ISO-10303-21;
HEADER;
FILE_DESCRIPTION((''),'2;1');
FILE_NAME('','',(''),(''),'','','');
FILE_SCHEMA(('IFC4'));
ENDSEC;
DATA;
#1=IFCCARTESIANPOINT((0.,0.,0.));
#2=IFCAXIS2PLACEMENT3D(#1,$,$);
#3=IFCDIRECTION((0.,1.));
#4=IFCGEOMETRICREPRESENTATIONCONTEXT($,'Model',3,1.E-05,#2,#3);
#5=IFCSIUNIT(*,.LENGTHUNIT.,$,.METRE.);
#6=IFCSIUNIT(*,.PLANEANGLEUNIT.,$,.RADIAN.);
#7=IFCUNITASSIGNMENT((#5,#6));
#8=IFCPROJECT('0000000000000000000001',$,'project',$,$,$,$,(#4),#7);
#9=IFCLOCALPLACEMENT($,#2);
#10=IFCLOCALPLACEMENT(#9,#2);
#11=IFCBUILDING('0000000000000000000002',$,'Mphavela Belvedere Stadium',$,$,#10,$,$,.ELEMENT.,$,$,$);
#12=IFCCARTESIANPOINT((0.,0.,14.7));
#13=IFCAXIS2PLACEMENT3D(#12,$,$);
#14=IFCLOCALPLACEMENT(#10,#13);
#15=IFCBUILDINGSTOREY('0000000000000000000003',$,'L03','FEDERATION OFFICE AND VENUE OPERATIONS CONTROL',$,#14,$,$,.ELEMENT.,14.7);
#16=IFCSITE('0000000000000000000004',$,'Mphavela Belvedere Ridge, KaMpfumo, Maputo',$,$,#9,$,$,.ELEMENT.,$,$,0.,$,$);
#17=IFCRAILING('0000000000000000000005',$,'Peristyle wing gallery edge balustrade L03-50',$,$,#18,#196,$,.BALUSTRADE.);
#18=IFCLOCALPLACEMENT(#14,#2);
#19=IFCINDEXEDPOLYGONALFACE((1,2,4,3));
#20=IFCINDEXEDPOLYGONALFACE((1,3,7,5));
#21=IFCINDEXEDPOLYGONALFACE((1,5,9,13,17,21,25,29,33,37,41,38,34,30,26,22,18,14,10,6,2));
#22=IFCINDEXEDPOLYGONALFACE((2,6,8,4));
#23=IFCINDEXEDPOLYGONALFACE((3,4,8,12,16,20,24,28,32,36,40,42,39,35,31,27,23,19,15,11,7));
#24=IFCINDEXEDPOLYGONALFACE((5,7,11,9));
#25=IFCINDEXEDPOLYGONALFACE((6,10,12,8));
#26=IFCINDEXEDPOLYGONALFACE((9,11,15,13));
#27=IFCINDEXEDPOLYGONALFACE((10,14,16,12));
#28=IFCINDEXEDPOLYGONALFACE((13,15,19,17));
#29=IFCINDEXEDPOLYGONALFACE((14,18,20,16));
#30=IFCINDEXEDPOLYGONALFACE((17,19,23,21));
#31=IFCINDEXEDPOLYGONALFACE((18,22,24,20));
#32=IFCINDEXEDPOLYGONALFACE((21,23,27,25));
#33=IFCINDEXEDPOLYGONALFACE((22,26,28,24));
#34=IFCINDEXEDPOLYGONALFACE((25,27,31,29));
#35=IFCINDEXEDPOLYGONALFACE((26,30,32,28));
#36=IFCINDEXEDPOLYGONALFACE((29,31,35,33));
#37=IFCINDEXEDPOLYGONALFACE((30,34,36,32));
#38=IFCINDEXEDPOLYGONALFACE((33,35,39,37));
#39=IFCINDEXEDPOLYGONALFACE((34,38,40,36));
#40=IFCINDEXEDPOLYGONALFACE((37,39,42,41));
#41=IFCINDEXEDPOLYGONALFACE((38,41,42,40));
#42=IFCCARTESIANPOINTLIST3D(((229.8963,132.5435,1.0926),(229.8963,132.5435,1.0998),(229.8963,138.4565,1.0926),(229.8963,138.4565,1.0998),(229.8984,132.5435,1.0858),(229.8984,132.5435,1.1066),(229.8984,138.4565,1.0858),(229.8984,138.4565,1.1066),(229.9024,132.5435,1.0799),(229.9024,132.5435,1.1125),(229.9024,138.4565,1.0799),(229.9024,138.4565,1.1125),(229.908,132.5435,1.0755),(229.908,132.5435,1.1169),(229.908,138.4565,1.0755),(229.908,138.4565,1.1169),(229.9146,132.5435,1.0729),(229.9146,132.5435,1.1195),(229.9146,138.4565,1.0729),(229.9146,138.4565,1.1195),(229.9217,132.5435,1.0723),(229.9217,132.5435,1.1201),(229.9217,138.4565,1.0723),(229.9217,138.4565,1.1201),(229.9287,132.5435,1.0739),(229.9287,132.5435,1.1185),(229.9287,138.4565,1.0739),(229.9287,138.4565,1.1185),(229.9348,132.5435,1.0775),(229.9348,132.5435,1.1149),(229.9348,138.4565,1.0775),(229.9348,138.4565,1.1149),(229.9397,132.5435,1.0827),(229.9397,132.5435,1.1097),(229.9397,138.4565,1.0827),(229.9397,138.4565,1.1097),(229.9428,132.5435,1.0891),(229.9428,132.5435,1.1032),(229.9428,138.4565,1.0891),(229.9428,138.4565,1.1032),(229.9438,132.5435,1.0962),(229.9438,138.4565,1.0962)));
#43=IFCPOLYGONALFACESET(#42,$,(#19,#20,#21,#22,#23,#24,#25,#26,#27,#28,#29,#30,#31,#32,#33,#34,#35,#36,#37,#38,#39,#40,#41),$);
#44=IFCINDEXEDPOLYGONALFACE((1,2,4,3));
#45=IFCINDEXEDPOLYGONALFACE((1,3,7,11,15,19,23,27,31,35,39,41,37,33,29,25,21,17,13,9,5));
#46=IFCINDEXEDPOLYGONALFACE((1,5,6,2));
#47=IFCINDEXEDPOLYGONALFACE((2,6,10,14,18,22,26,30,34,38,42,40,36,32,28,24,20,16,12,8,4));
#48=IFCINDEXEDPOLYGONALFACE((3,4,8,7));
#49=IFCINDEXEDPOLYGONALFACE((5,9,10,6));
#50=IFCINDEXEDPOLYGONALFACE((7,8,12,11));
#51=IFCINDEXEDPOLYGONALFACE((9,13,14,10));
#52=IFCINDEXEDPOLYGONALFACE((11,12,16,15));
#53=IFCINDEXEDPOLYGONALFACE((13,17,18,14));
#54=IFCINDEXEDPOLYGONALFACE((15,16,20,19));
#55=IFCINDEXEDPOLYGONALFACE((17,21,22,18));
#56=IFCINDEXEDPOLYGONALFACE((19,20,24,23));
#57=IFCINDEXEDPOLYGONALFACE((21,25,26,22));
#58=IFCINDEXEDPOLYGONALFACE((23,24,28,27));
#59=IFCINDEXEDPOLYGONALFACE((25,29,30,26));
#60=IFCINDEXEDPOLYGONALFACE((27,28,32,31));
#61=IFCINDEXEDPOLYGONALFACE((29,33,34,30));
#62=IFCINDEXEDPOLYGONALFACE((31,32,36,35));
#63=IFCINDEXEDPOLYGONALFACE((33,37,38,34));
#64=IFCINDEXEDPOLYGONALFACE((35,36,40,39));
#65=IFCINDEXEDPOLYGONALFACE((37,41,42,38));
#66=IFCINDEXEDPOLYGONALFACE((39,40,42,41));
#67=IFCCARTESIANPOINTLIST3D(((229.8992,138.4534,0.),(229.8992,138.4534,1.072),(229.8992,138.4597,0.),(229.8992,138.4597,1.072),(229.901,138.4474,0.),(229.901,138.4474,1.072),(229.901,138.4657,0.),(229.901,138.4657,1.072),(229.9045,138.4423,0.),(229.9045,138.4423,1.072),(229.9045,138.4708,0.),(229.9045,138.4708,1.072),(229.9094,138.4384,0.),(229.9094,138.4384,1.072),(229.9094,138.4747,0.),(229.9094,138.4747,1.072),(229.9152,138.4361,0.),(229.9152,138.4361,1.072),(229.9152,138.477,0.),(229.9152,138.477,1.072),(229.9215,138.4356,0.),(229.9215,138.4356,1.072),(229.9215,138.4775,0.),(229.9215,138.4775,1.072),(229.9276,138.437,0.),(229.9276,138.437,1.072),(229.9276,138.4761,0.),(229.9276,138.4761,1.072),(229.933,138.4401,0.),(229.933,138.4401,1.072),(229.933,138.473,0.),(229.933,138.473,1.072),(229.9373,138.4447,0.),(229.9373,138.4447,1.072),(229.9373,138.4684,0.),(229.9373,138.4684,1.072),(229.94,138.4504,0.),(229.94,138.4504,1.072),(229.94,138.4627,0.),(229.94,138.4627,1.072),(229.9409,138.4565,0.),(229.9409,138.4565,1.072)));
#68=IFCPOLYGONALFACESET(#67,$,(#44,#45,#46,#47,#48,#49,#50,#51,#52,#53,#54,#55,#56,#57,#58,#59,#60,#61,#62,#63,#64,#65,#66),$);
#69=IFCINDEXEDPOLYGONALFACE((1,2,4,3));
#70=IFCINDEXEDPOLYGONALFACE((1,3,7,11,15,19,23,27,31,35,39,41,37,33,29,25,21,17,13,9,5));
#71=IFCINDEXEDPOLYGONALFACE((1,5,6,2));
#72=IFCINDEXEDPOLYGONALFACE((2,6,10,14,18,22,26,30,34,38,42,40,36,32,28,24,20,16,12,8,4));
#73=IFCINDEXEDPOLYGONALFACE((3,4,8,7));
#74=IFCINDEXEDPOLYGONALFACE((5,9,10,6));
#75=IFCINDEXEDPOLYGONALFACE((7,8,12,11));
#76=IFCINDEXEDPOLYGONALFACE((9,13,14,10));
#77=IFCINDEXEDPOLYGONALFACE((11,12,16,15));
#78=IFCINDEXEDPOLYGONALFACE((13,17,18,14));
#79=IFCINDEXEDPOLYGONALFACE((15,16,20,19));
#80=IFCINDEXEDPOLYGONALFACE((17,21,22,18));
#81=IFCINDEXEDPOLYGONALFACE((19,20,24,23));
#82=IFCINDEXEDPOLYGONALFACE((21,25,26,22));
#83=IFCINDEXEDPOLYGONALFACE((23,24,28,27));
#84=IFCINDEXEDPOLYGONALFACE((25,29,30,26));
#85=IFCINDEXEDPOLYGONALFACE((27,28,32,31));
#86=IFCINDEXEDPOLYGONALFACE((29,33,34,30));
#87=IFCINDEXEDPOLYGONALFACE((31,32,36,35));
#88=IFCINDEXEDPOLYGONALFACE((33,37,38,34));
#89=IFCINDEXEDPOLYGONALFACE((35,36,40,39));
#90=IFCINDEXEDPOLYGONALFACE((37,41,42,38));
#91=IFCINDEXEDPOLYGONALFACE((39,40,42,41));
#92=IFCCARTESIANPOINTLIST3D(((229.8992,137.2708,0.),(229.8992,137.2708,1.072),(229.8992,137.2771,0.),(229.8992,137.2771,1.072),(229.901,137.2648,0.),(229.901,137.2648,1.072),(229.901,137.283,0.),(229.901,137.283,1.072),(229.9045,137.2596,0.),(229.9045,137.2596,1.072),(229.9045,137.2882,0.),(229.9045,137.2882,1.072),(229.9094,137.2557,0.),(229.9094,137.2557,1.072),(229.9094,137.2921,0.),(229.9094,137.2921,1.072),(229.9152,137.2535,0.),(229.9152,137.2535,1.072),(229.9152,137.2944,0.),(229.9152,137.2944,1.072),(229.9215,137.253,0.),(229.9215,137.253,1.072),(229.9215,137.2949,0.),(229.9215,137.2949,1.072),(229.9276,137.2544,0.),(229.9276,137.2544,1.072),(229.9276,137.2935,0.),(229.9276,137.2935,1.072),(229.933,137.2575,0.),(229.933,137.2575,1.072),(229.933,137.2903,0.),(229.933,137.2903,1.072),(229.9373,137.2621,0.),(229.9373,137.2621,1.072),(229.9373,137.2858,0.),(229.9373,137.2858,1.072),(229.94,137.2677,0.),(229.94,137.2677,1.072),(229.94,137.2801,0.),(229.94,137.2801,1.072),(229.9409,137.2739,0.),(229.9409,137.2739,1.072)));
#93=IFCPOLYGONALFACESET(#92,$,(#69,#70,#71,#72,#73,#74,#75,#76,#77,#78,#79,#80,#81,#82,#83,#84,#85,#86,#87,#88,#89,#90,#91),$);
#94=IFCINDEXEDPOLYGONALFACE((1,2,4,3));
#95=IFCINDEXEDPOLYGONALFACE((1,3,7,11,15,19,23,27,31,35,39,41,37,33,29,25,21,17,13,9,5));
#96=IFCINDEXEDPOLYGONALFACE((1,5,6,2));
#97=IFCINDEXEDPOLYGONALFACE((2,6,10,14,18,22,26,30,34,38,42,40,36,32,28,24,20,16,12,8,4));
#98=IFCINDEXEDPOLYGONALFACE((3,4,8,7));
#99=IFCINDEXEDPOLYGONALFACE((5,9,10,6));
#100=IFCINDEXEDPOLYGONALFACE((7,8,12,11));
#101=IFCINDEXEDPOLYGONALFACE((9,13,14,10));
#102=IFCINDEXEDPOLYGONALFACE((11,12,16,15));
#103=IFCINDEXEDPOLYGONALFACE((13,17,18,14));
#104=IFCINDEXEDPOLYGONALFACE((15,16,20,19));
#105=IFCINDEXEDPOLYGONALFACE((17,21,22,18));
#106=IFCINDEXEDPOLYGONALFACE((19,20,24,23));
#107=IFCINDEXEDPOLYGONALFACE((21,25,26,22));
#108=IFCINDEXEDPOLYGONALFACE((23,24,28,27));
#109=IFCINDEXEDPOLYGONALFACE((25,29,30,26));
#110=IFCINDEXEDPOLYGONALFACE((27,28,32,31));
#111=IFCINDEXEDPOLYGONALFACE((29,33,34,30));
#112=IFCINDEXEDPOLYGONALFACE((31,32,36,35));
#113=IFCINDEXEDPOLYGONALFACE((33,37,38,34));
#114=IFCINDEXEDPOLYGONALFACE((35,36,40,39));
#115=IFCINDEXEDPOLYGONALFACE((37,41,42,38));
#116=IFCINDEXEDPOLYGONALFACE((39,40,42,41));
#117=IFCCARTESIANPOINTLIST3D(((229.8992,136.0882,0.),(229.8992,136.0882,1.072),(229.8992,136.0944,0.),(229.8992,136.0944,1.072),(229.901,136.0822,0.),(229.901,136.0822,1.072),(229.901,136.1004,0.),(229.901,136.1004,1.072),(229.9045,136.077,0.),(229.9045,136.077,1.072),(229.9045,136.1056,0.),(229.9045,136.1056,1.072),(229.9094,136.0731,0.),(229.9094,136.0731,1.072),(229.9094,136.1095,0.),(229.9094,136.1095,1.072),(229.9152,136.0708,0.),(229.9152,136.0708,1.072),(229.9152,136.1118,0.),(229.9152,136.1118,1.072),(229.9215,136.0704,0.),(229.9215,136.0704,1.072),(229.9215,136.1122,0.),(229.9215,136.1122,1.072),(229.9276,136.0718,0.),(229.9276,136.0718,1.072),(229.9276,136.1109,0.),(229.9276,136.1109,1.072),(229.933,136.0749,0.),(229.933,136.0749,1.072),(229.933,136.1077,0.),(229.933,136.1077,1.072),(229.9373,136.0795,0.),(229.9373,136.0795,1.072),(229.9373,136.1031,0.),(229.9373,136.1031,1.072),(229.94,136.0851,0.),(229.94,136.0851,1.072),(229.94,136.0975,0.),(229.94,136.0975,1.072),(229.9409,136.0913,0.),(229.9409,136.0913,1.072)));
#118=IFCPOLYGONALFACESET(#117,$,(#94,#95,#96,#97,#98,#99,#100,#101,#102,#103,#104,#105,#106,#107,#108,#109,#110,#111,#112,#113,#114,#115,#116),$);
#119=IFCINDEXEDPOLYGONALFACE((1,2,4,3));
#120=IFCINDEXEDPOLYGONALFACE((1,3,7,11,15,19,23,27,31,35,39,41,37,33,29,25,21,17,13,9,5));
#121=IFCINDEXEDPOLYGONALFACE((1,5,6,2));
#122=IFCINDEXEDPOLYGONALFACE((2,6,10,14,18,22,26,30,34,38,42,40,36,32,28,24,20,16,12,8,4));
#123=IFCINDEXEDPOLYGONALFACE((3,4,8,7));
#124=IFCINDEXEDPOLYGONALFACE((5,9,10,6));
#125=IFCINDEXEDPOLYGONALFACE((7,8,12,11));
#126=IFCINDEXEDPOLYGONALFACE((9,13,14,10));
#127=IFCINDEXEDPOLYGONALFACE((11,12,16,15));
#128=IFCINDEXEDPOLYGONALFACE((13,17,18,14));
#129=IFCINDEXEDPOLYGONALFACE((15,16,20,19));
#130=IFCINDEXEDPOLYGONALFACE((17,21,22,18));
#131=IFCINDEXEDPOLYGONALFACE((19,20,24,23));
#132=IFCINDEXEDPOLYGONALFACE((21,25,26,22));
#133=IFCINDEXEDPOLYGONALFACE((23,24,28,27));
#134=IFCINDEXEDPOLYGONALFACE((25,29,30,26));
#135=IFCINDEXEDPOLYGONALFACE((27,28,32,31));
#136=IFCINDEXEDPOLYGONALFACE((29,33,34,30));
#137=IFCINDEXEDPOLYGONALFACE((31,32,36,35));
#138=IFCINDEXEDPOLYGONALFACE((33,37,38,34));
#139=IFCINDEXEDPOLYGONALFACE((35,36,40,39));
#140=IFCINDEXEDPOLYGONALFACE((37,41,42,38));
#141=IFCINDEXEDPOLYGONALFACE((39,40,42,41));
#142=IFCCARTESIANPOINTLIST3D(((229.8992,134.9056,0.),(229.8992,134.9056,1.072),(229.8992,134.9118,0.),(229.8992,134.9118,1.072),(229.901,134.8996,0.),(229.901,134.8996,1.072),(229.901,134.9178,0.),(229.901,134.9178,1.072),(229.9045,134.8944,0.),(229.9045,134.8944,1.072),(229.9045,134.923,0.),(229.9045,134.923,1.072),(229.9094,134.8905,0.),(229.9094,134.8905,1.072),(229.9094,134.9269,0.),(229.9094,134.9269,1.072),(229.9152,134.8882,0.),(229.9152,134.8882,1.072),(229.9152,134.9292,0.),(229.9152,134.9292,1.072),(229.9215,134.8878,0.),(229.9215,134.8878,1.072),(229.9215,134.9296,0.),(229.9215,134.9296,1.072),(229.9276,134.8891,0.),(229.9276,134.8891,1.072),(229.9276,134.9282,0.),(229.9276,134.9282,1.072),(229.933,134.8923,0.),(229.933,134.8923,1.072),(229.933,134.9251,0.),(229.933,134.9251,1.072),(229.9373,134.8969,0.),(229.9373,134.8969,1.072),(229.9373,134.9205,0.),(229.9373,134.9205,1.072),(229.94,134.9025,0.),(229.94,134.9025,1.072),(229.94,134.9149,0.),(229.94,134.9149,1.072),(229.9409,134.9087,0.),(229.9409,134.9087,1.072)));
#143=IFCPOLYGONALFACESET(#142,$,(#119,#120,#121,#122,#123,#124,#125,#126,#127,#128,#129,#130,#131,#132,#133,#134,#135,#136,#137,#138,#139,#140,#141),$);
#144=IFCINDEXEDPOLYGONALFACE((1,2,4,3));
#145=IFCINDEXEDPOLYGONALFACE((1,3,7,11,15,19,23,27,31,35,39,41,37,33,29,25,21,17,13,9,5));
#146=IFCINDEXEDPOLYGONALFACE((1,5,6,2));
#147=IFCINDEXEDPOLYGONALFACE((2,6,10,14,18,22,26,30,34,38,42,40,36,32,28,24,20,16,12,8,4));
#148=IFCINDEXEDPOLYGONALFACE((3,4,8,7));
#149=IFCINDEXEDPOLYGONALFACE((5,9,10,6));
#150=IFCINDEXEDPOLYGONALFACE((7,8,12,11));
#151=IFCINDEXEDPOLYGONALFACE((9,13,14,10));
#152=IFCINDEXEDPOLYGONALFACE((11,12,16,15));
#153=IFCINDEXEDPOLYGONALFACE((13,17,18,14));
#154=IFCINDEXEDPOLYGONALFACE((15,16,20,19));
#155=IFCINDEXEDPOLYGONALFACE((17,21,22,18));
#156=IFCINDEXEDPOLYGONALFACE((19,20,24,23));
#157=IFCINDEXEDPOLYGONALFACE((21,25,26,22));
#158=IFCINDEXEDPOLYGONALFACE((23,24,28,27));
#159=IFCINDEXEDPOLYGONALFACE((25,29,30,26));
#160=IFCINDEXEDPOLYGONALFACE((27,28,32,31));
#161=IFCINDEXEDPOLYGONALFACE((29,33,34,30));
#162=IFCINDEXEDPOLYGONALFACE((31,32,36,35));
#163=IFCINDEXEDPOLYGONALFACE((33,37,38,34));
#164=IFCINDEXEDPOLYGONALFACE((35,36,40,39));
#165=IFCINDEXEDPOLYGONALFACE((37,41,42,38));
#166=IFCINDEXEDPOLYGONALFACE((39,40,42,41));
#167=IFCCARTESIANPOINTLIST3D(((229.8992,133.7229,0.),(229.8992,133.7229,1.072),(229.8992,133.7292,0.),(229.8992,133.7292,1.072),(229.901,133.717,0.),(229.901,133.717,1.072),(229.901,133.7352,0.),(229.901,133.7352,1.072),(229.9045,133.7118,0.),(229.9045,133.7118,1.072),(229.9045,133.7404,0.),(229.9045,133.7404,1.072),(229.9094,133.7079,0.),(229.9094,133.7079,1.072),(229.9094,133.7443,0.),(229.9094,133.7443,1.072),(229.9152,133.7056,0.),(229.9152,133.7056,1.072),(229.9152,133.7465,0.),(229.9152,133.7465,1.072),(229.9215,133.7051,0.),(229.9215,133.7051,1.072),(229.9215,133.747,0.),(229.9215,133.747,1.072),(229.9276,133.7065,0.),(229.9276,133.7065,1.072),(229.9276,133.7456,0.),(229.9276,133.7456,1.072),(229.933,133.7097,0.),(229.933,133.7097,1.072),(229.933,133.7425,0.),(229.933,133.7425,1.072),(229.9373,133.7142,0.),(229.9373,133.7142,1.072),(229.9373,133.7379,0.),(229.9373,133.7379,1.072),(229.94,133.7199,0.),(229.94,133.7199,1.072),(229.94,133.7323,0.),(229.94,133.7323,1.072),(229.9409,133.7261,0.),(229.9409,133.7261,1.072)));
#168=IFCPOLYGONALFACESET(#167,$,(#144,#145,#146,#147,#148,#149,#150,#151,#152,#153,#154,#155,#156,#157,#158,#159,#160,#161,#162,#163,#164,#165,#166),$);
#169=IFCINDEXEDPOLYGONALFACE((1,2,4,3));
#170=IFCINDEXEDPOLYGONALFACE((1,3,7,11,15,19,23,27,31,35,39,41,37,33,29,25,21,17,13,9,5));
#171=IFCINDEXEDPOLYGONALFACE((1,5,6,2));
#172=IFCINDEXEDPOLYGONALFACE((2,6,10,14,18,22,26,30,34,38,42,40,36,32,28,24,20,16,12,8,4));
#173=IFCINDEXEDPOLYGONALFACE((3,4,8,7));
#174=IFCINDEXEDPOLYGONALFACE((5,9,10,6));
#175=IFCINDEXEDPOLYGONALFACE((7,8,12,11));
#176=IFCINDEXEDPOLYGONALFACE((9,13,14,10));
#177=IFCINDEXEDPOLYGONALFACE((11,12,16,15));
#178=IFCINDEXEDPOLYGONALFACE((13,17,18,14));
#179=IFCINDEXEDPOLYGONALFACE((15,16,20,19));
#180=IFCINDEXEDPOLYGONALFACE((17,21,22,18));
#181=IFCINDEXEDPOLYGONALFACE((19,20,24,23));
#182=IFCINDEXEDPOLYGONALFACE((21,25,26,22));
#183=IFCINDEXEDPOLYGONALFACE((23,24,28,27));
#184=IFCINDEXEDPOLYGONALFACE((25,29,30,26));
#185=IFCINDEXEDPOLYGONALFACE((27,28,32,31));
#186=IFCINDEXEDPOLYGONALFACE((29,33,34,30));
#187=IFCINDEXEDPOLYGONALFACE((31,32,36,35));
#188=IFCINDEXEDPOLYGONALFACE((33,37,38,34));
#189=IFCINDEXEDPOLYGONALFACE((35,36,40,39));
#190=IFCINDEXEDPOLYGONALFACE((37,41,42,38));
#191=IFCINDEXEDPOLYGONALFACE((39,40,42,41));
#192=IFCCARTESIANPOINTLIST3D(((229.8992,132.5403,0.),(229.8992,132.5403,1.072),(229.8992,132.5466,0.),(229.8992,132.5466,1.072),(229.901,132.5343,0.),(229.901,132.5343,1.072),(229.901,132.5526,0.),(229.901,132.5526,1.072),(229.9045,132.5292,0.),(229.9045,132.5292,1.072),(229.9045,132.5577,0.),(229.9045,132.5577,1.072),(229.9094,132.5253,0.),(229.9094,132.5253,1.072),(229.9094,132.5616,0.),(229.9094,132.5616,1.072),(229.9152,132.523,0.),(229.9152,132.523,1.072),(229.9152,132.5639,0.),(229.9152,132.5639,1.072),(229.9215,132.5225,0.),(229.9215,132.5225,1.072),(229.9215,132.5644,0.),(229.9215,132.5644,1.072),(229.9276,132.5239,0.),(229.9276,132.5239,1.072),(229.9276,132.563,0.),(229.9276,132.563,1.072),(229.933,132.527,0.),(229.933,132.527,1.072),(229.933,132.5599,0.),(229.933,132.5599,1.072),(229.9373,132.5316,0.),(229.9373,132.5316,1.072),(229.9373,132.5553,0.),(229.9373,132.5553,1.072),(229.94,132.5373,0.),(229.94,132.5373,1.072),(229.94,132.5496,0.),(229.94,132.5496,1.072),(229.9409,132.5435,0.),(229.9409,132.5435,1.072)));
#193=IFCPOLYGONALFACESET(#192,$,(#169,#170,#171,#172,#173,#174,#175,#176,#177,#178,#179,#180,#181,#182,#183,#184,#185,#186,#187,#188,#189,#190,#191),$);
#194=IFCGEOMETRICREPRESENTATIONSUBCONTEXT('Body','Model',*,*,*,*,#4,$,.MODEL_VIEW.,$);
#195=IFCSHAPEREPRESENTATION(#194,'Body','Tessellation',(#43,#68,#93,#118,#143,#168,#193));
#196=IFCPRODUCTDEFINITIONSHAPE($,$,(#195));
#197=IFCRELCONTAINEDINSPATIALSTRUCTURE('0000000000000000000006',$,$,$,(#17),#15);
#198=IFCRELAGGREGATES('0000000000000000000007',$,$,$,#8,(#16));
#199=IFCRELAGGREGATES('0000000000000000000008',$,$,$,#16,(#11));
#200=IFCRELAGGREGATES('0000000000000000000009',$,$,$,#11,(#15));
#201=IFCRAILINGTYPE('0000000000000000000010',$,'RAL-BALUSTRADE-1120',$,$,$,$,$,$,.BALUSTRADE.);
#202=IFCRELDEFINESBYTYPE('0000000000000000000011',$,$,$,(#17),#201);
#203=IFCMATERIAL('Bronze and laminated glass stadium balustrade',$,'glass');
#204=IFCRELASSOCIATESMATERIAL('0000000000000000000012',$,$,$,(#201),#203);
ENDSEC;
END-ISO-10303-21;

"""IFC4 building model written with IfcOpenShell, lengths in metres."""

from ifc_helpers import new_model, si_unit, direction, frame, origin, origin_2d, place, context, subcontext, project, spatial, circle, extrude, material, type_object, element, save


model = new_model("IFC4")

# Units and contexts
model_context = context("Model", 3, precision=1e-05, world=origin(), true_north=direction((0.0, 1.0)))
body_context = subcontext(model_context, "Body", "Model", "MODEL_VIEW")
ifc_project = project(units=[si_unit("LENGTHUNIT", "METRE"), si_unit("PLANEANGLEUNIT", "RADIAN")], contexts=[model_context])

# Site, building, storey
site_placement = place(None, origin())
site = spatial("IfcSite", under=ifc_project, at=site_placement, Name="Mphavela Belvedere Ridge, KaMpfumo, Maputo", CompositionType="ELEMENT", RefElevation=0.0)
building_placement = place(site_placement, origin())
building = spatial("IfcBuilding", under=site, at=building_placement, Name="Mphavela Belvedere Stadium", CompositionType="ELEMENT")
storey_placement = place(building_placement, frame((0.0, 0.0, 14.7)))
storey = spatial("IfcBuildingStorey", under=building, at=storey_placement, Name="L03", Description="FEDERATION OFFICE AND VENUE OPERATIONS CONTROL", CompositionType="ELEMENT", Elevation=14.7)

# Railing
ifc_material_1 = material(Name="Bronze and laminated glass stadium balustrade", Category="glass")
railing_type = type_object("IfcRailingType", Name="RAL-BALUSTRADE-1120", PredefinedType="BALUSTRADE", material=ifc_material_1)
for number, where, name in (
    (1, (229.9199, 138.4565, 0.0), "Peristyle wing gallery edge balustrade L03-50"),
):
    element("IfcRailing", number, at=place(storey_placement, frame(where)), inside=storey, type_object=railing_type, Name=name, PredefinedType="BALUSTRADE", context=body_context, shape_type="SweptSolid", body=[
        extrude(circle(Radius=0.0239, at=origin_2d()), frame((0.0, 0.0, 1.0962), z_axis=(0.0, -1.0, 0.0), x_axis=(1.0, 0.0, 0.0)), (0.0, 0.0, 1.0), 5.9131),
        extrude(circle(Radius=0.021, at=origin_2d()), origin(), (0.0, 0.0, 1.0), 1.072),
        extrude(circle(Radius=0.021, at=origin_2d()), frame((0.0, -1.1826, 0.0)), (0.0, 0.0, 1.0), 1.072),
        extrude(circle(Radius=0.021, at=origin_2d()), frame((0.0, -2.3652, 0.0)), (0.0, 0.0, 1.0), 1.072),
        extrude(circle(Radius=0.021, at=origin_2d()), frame((0.0, -3.5479, 0.0)), (0.0, 0.0, 1.0), 1.072),
        extrude(circle(Radius=0.021, at=origin_2d()), frame((0.0, -4.7305, 0.0)), (0.0, 0.0, 1.0), 1.072),
        extrude(circle(Radius=0.021, at=origin_2d()), frame((0.0, -5.9131, 0.0)), (0.0, 0.0, 1.0), 1.072),
    ])

save(model, "model.ifc")
